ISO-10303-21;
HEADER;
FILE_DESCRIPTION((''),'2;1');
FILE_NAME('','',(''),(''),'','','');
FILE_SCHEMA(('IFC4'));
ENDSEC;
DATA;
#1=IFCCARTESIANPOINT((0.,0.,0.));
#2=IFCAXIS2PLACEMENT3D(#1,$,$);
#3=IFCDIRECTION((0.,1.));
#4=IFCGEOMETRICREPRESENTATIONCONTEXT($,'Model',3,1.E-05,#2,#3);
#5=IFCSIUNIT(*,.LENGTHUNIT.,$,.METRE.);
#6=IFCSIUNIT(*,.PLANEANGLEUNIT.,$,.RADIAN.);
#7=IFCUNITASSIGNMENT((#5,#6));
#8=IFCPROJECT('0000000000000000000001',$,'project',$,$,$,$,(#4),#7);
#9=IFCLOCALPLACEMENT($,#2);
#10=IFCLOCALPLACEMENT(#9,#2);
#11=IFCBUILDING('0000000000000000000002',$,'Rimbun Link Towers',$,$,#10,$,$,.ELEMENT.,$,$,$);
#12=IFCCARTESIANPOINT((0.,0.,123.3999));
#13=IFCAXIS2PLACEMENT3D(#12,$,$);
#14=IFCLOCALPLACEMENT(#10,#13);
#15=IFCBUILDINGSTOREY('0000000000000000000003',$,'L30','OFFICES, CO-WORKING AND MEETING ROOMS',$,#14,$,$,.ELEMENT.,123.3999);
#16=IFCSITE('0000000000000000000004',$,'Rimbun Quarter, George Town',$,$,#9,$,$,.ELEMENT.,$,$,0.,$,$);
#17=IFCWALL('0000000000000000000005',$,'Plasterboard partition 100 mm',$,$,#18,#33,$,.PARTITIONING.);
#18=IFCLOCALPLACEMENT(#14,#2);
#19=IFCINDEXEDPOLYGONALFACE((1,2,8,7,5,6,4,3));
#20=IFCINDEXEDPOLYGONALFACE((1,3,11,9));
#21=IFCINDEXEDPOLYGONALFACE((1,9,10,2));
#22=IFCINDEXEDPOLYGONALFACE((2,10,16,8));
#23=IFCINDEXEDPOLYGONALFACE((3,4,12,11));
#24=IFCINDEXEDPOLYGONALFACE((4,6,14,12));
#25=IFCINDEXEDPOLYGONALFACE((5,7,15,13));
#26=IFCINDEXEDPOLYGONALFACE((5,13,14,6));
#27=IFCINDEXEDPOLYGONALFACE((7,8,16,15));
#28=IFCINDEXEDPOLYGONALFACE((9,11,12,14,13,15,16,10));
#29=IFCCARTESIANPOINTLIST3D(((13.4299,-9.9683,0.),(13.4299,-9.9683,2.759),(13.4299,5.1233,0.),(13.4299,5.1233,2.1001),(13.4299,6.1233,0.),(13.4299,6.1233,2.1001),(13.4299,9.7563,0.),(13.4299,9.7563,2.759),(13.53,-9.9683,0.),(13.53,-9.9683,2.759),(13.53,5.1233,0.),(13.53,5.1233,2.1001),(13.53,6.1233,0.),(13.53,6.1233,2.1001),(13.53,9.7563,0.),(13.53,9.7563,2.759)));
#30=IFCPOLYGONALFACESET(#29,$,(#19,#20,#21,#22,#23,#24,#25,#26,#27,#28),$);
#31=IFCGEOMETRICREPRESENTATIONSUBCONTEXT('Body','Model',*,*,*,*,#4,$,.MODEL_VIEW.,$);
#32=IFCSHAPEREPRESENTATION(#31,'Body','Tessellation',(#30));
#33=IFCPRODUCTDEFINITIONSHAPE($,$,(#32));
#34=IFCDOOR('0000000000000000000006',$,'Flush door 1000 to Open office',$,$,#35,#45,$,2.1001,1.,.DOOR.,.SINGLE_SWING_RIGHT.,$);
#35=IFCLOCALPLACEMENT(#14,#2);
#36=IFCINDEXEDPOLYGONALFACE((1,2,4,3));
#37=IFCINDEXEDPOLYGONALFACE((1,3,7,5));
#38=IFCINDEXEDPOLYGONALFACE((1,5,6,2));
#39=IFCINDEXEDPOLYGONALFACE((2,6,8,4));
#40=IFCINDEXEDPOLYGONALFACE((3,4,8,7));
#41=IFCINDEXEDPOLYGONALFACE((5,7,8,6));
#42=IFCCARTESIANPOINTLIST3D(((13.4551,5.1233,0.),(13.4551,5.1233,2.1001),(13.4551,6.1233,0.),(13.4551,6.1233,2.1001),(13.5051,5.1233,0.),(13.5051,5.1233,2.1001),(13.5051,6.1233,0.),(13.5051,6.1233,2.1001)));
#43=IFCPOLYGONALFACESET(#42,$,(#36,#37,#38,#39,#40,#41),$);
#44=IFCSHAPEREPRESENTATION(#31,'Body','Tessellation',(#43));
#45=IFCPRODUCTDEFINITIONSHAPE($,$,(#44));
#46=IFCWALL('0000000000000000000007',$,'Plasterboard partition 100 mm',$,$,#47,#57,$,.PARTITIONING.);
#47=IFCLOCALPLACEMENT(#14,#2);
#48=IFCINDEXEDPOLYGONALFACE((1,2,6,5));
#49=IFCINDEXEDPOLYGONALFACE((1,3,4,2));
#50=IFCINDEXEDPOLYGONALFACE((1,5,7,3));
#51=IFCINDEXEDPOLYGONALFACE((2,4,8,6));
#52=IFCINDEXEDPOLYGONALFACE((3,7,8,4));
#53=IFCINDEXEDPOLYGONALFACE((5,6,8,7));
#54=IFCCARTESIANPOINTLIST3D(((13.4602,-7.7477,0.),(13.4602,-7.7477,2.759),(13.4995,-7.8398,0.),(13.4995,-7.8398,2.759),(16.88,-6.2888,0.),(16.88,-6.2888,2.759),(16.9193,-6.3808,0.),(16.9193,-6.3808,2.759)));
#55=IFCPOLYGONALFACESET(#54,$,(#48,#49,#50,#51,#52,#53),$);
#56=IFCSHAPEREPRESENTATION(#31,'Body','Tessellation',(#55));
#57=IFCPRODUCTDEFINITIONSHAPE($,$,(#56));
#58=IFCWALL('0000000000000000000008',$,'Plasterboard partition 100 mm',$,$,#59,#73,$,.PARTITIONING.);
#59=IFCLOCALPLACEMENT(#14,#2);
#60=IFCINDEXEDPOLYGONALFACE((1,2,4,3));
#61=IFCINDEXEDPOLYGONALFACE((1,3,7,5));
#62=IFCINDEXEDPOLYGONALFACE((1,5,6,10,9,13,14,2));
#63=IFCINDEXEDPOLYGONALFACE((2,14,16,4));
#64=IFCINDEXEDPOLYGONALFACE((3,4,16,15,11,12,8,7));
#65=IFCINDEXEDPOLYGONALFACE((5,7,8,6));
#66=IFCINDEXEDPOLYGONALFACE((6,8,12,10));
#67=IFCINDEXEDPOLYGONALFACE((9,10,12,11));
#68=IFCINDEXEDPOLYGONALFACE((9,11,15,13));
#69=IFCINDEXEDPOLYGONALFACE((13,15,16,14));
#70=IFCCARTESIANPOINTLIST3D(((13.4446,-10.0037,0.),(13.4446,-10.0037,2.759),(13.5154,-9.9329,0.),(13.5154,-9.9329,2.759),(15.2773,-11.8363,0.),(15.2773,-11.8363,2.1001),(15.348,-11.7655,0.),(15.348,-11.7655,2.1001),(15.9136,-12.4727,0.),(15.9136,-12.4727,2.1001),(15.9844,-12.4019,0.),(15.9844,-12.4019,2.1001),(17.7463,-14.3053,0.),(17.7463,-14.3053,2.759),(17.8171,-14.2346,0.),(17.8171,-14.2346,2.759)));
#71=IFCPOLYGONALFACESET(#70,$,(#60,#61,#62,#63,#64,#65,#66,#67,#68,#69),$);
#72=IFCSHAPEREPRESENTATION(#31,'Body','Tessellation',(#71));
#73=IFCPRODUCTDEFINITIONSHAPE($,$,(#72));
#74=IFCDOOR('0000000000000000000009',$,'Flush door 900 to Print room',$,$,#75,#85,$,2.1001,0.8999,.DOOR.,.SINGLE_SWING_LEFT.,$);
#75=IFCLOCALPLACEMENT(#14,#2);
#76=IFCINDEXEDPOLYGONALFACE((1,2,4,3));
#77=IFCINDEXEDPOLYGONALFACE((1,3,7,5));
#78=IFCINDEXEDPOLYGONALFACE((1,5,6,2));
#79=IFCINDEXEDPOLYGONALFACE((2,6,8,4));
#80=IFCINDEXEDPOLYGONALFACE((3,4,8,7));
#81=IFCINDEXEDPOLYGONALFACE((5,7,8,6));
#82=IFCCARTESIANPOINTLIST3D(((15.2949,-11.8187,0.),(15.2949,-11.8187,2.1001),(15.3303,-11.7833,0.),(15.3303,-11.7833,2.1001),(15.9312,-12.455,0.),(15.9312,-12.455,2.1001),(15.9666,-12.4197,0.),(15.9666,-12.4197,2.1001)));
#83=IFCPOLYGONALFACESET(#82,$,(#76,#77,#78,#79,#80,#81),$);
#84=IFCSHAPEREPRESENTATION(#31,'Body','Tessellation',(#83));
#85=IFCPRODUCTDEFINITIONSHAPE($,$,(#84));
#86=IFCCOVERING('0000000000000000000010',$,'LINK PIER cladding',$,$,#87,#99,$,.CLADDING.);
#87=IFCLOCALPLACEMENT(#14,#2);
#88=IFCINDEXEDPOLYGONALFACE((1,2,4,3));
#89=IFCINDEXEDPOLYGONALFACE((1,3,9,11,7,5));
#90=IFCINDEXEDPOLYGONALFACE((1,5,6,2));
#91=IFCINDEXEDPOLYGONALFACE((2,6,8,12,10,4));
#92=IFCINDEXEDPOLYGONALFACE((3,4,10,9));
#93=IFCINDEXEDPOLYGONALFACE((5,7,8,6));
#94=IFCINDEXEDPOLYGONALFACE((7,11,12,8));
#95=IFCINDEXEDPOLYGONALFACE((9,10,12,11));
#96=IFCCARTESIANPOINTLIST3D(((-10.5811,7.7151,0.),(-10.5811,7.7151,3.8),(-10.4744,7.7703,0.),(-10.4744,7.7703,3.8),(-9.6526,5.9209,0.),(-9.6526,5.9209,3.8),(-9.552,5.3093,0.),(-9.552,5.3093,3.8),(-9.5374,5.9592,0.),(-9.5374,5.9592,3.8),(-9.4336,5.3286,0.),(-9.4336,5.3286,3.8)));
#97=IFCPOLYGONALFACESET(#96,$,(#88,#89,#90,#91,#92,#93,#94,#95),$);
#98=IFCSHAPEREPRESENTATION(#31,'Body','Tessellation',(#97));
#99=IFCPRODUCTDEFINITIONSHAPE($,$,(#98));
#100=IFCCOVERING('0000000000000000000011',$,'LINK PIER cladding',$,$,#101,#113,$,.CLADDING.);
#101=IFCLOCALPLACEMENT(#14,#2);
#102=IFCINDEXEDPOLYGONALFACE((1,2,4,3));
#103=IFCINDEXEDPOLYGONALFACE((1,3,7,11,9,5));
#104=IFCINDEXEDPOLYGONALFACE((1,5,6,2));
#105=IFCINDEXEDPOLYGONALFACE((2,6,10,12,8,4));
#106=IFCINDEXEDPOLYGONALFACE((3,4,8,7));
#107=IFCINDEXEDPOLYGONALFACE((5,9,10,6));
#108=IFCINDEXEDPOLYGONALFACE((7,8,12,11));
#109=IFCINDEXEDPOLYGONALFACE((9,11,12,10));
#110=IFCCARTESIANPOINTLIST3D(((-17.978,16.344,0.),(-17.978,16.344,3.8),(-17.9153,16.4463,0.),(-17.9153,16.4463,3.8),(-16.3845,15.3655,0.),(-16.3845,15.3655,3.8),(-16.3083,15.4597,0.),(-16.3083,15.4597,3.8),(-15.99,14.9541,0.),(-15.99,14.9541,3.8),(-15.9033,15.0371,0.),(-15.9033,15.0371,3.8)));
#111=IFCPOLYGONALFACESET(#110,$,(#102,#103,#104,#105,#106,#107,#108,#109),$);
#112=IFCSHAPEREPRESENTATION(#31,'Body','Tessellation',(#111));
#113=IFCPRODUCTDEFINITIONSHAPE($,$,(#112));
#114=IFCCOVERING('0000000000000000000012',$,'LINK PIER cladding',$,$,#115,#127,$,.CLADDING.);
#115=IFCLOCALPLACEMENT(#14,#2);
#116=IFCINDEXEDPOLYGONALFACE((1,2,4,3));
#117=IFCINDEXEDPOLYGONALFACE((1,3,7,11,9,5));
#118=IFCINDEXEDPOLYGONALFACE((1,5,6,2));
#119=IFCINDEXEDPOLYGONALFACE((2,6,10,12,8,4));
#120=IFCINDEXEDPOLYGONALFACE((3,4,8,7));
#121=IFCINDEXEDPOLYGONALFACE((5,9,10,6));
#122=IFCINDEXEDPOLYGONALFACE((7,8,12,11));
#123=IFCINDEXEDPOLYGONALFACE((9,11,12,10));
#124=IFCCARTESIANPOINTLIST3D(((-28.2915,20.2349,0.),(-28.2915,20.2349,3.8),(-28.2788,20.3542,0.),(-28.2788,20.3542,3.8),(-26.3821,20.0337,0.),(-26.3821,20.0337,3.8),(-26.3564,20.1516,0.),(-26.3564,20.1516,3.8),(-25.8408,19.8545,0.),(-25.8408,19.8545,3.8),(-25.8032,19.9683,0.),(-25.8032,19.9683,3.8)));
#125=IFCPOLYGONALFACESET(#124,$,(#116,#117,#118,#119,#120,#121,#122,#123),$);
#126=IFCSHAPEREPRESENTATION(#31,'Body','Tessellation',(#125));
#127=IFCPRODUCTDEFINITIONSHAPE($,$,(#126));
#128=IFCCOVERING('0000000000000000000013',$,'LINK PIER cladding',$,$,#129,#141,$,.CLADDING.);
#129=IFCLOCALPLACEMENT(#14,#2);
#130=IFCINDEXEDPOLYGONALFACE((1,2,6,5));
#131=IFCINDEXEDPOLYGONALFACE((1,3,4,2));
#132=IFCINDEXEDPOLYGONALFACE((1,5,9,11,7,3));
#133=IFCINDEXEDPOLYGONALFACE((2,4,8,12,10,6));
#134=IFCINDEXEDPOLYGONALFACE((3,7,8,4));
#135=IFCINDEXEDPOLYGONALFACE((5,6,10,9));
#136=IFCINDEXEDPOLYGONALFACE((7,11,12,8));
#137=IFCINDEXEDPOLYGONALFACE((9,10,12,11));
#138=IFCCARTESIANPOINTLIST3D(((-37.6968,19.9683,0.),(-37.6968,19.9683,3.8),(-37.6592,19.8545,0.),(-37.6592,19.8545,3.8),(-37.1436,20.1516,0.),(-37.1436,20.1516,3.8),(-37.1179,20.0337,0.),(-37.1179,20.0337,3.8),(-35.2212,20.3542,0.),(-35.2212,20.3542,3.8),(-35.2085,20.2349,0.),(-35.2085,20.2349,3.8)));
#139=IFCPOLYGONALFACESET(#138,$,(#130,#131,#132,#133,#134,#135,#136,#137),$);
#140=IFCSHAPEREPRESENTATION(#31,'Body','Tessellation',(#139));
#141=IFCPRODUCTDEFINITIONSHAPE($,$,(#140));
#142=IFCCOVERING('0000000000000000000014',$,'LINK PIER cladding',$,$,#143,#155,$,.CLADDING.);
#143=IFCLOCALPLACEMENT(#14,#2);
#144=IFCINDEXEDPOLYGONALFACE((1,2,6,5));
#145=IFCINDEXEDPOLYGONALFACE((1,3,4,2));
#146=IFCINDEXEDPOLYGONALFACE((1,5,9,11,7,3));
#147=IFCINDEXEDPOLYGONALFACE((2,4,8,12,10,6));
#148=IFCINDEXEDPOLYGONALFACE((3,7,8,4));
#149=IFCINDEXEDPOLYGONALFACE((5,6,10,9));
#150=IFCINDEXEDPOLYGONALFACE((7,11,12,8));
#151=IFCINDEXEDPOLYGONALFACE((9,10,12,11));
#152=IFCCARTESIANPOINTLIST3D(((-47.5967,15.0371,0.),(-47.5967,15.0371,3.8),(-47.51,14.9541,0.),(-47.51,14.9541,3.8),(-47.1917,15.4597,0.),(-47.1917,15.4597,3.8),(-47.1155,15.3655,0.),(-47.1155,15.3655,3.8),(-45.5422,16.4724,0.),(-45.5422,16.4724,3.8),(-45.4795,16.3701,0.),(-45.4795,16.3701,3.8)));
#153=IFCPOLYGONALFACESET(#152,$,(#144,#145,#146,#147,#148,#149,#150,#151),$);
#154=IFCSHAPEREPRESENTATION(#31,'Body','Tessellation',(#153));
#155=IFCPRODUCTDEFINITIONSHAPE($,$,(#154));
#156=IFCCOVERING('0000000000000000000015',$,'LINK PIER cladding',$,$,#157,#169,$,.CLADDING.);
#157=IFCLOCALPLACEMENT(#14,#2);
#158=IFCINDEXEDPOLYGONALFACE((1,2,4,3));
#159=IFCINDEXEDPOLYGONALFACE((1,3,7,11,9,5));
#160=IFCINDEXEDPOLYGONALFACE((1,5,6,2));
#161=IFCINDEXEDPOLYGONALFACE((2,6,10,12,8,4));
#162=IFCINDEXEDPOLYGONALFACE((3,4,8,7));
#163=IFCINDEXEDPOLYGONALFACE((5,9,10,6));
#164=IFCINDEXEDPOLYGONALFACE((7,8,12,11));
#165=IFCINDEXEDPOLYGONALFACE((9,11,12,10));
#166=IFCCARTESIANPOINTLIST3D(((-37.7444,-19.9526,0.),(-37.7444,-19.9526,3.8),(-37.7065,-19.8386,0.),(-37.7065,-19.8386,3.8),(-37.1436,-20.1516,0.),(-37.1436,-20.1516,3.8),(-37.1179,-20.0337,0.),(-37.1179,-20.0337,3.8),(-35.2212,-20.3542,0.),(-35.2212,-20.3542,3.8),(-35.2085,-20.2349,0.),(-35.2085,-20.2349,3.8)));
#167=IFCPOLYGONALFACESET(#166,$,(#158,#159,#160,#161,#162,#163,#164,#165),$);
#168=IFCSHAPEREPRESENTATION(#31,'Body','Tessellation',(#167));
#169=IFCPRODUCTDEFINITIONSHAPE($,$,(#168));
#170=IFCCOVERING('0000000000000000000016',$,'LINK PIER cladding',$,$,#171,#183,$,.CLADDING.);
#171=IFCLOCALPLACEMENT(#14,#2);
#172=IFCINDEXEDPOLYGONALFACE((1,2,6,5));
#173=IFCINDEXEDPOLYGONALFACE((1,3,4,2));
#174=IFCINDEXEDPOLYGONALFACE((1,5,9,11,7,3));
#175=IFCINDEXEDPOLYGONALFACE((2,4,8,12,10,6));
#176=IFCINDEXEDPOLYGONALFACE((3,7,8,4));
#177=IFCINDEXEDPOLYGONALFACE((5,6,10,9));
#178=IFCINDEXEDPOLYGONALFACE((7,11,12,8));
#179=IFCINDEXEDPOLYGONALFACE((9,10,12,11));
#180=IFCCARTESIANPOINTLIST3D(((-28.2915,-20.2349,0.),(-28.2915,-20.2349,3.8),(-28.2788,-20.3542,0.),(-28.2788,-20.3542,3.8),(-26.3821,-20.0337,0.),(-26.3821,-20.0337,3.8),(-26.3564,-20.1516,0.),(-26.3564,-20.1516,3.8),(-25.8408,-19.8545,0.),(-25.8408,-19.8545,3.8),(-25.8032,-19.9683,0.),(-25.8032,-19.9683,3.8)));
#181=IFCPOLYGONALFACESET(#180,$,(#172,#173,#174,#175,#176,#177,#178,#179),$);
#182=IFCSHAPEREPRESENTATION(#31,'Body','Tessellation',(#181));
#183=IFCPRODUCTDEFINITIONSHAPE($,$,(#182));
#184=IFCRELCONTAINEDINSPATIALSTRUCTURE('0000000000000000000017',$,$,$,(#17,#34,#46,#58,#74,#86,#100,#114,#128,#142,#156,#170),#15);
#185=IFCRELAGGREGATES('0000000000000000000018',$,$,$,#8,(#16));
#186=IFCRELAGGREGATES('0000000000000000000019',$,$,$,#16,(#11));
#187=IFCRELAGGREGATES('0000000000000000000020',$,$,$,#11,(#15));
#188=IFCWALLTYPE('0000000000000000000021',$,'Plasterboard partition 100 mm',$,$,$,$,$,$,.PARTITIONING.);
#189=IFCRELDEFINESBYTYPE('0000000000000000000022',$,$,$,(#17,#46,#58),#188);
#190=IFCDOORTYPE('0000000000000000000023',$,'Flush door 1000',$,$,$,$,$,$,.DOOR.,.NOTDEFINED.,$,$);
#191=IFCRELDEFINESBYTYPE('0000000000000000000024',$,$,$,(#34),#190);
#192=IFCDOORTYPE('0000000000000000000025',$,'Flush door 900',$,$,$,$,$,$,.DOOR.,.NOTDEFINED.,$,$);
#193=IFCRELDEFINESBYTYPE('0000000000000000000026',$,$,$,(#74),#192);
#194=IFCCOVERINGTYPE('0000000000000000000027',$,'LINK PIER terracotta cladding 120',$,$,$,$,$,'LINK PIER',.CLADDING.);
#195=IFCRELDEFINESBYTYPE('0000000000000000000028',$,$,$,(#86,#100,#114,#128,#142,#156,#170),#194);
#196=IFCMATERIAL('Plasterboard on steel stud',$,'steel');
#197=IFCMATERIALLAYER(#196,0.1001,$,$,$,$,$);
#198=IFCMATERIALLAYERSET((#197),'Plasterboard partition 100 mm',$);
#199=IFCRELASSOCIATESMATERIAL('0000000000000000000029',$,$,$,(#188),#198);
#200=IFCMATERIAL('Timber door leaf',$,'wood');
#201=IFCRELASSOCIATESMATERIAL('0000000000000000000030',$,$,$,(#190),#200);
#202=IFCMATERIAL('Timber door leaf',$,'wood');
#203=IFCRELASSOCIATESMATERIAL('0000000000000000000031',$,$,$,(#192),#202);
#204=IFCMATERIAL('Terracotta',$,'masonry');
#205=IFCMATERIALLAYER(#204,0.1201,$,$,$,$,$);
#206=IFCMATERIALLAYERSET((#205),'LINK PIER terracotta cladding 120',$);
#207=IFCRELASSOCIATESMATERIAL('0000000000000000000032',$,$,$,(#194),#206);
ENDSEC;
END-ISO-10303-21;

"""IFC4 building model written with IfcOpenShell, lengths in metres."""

from ifc_helpers import new_model, si_unit, direction, frame, frame_2d, origin, place, context, subcontext, project, spatial, polyline, rectangle, outline, extrude, material, layer, layer_set, type_object, element, fill, save


model = new_model("IFC4")

# Units and contexts
model_context = context("Model", 3, precision=1e-05, world=origin(), true_north=direction((0.0, 1.0)))
body_context = subcontext(model_context, "Body", "Model", "MODEL_VIEW")
ifc_project = project(units=[si_unit("LENGTHUNIT", "METRE"), si_unit("PLANEANGLEUNIT", "RADIAN")], contexts=[model_context])

# Site, building, storey
site_placement = place(None, origin())
site = spatial("IfcSite", under=ifc_project, at=site_placement, Name="Rimbun Quarter, George Town", CompositionType="ELEMENT", RefElevation=0.0)
building_placement = place(site_placement, origin())
building = spatial("IfcBuilding", under=site, at=building_placement, Name="Rimbun Link Towers", CompositionType="ELEMENT")
storey_placement = place(building_placement, frame((0.0, 0.0, 123.3999)))
storey = spatial("IfcBuildingStorey", under=building, at=storey_placement, Name="L30", Description="OFFICES, CO-WORKING AND MEETING ROOMS", CompositionType="ELEMENT", Elevation=123.3999)

# Wall, opening, door
ifc_material_1 = material(Name="Plasterboard on steel stud", Category="steel")
ifc_layer_1 = layer(ifc_material_1, 0.1001)
ifc_layer_set_1 = layer_set([ifc_layer_1], Name="Plasterboard partition 100 mm")
wall_type = type_object("IfcWallType", Name="Plasterboard partition 100 mm", PredefinedType="PARTITIONING", material=ifc_layer_set_1)
wall_1_placement = place(storey_placement, frame((13.48, -9.9683, 0.0), z_axis=(0.0, 0.0, 1.0), x_axis=(0.0, 1.0, 0.0)))
wall_1 = element("IfcWall", 1, at=wall_1_placement, inside=storey, type_object=wall_type, Name="Plasterboard partition 100 mm", PredefinedType="PARTITIONING", context=body_context, shape_type="SweptSolid", body=[
    extrude(rectangle(XDim=19.7246, YDim=0.1001, at=frame_2d((9.8623, 0.0))), origin(), (0.0, 0.0, 1.0), 2.759),
])
opening_1_placement = place(wall_1_placement, frame((15.0916, 0.0, 0.0)))
opening_1 = element("IfcOpeningElement", 2, at=opening_1_placement, cuts=wall_1, PredefinedType="OPENING", context=body_context, shape_type="SweptSolid", body=[
    extrude(rectangle(XDim=1.0, YDim=2.1001, at=frame_2d((0.5, 1.05))), frame((0.0, 0.0601, 0.0), z_axis=(0.0, -1.0, 0.0), x_axis=(1.0, 0.0, 0.0)), (0.0, 0.0, 1.0), 0.1201),
])
ifc_material_2 = material(Name="Timber door leaf", Category="wood")
door_type_1 = type_object("IfcDoorType", Name="Flush door 1000", OperationType="NOTDEFINED", PredefinedType="DOOR", material=ifc_material_2)
door_1_placement = place(opening_1_placement, origin())
door_1 = element("IfcDoor", 3, at=door_1_placement, inside=storey, type_object=door_type_1, Name="Flush door 1000 to Open office", OperationType="SINGLE_SWING_RIGHT", OverallHeight=2.1001, OverallWidth=1.0, PredefinedType="DOOR", context=body_context, shape_type="SweptSolid", body=[
    extrude(rectangle(XDim=1.0, YDim=2.1001, at=frame_2d((0.5, 1.05))), frame((0.0, 0.0249, 0.0), z_axis=(0.0, -1.0, 0.0), x_axis=(1.0, 0.0, 0.0)), (0.0, 0.0, 1.0), 0.05),
])
fill(opening_1, door_1)

# Wall
wall_2_placement = place(storey_placement, frame((13.48, -7.7937, 0.0), z_axis=(0.0, 0.0, 1.0), x_axis=(0.919796, 0.392397, 0.0)))
element("IfcWall", 4, at=wall_2_placement, inside=storey, type_object=wall_type, Name="Plasterboard partition 100 mm", PredefinedType="PARTITIONING", context=body_context, shape_type="SweptSolid", body=[
    extrude(rectangle(XDim=3.718, YDim=0.1001, at=frame_2d((1.8589, 0.0))), origin(), (0.0, 0.0, 1.0), 2.759),
])

# Wall, opening, door
wall_3_placement = place(storey_placement, frame((13.48, -9.9683, 0.0), z_axis=(0.0, 0.0, 1.0), x_axis=(0.707107, -0.707107, 0.0)))
wall_3 = element("IfcWall", 5, at=wall_3_placement, inside=storey, type_object=wall_type, Name="Plasterboard partition 100 mm", PredefinedType="PARTITIONING", context=body_context, shape_type="SweptSolid", body=[
    extrude(rectangle(XDim=6.0835, YDim=0.1001, at=frame_2d((3.0417, 0.0))), origin(), (0.0, 0.0, 1.0), 2.759),
])
opening_2_placement = place(wall_3_placement, frame((2.5918, 0.0, 0.0)))
opening_2 = element("IfcOpeningElement", 6, at=opening_2_placement, cuts=wall_3, PredefinedType="OPENING", context=body_context, shape_type="SweptSolid", body=[
    extrude(rectangle(XDim=0.8999, YDim=2.1001, at=frame_2d((0.45, 1.05))), frame((0.0, 0.0601, 0.0), z_axis=(0.0, -1.0, 0.0), x_axis=(1.0, 0.0, 0.0)), (0.0, 0.0, 1.0), 0.1201),
])
ifc_material_3 = material(Name="Timber door leaf", Category="wood")
door_type_2 = type_object("IfcDoorType", Name="Flush door 900", OperationType="NOTDEFINED", PredefinedType="DOOR", material=ifc_material_3)
door_2_placement = place(opening_2_placement, origin())
door_2 = element("IfcDoor", 7, at=door_2_placement, inside=storey, type_object=door_type_2, Name="Flush door 900 to Print room", OperationType="SINGLE_SWING_LEFT", OverallHeight=2.1001, OverallWidth=0.8999, PredefinedType="DOOR", context=body_context, shape_type="SweptSolid", body=[
    extrude(rectangle(XDim=0.8999, YDim=2.1001, at=frame_2d((0.45, 1.05))), frame((0.0, 0.0249, 0.0), z_axis=(0.0, -1.0, 0.0), x_axis=(1.0, 0.0, 0.0)), (0.0, 0.0, 1.0), 0.05),
])
fill(opening_2, door_2)

# Coverings
ifc_material_4 = material(Name="Terracotta", Category="masonry")
ifc_layer_2 = layer(ifc_material_4, 0.1201)
ifc_layer_set_2 = layer_set([ifc_layer_2], Name="LINK PIER terracotta cladding 120")
covering_type_1 = type_object("IfcCoveringType", Name="LINK PIER terracotta cladding 120", ElementType="LINK PIER", PredefinedType="CLADDING", material=ifc_layer_set_2)
covering_1_placement = place(storey_placement, origin())
element("IfcCovering", 8, at=covering_1_placement, inside=storey, type_object=covering_type_1, Name="LINK PIER cladding", PredefinedType="CLADDING", context=body_context, shape_type="SweptSolid", body=[
    extrude(outline(polyline([(-10.5811, 7.7151), (-9.6526, 5.9209), (-9.552, 5.3093), (-9.4336, 5.3286), (-9.5374, 5.9592), (-10.4744, 7.7703), (-10.5811, 7.7151)])), origin(), (0.0, 0.0, 1.0), 3.8),
])
covering_2_placement = place(storey_placement, origin())
element("IfcCovering", 9, at=covering_2_placement, inside=storey, type_object=covering_type_1, Name="LINK PIER cladding", PredefinedType="CLADDING", context=body_context, shape_type="SweptSolid", body=[
    extrude(outline(polyline([(-17.978, 16.344), (-16.3845, 15.3655), (-15.99, 14.9541), (-15.9033, 15.0371), (-16.3083, 15.4597), (-17.9153, 16.4463), (-17.978, 16.344)])), origin(), (0.0, 0.0, 1.0), 3.8),
])
covering_3_placement = place(storey_placement, origin())
element("IfcCovering", 10, at=covering_3_placement, inside=storey, type_object=covering_type_1, Name="LINK PIER cladding", PredefinedType="CLADDING", context=body_context, shape_type="SweptSolid", body=[
    extrude(outline(polyline([(-28.2915, 20.2349), (-26.3821, 20.0337), (-25.8408, 19.8545), (-25.8032, 19.9683), (-26.3564, 20.1516), (-28.2788, 20.3542), (-28.2915, 20.2349)])), origin(), (0.0, 0.0, 1.0), 3.8),
])
covering_4_placement = place(storey_placement, origin())
element("IfcCovering", 11, at=covering_4_placement, inside=storey, type_object=covering_type_1, Name="LINK PIER cladding", PredefinedType="CLADDING", context=body_context, shape_type="SweptSolid", body=[
    extrude(outline(polyline([(-37.6592, 19.8545), (-37.1179, 20.0337), (-35.2085, 20.2349), (-35.2212, 20.3542), (-37.1436, 20.1516), (-37.6968, 19.9683), (-37.6592, 19.8545)])), origin(), (0.0, 0.0, 1.0), 3.8),
])
covering_5_placement = place(storey_placement, origin())
element("IfcCovering", 12, at=covering_5_placement, inside=storey, type_object=covering_type_1, Name="LINK PIER cladding", PredefinedType="CLADDING", context=body_context, shape_type="SweptSolid", body=[
    extrude(outline(polyline([(-47.51, 14.9541), (-47.1155, 15.3655), (-45.4795, 16.3701), (-45.5422, 16.4724), (-47.1917, 15.4597), (-47.5967, 15.0371), (-47.51, 14.9541)])), origin(), (0.0, 0.0, 1.0), 3.8),
])
covering_6_placement = place(storey_placement, origin())
element("IfcCovering", 13, at=covering_6_placement, inside=storey, type_object=covering_type_1, Name="LINK PIER cladding", PredefinedType="CLADDING", context=body_context, shape_type="SweptSolid", body=[
    extrude(outline(polyline([(-35.2085, -20.2349), (-37.1179, -20.0337), (-37.7065, -19.8386), (-37.7444, -19.9526), (-37.1436, -20.1516), (-35.2212, -20.3542), (-35.2085, -20.2349)])), origin(), (0.0, 0.0, 1.0), 3.8),
])
covering_7_placement = place(storey_placement, origin())
element("IfcCovering", 14, at=covering_7_placement, inside=storey, type_object=covering_type_1, Name="LINK PIER cladding", PredefinedType="CLADDING", context=body_context, shape_type="SweptSolid", body=[
    extrude(outline(polyline([(-25.8408, -19.8545), (-26.3821, -20.0337), (-28.2915, -20.2349), (-28.2788, -20.3542), (-26.3564, -20.1516), (-25.8032, -19.9683), (-25.8408, -19.8545)])), origin(), (0.0, 0.0, 1.0), 3.8),
])

save(model, "model.ifc")
